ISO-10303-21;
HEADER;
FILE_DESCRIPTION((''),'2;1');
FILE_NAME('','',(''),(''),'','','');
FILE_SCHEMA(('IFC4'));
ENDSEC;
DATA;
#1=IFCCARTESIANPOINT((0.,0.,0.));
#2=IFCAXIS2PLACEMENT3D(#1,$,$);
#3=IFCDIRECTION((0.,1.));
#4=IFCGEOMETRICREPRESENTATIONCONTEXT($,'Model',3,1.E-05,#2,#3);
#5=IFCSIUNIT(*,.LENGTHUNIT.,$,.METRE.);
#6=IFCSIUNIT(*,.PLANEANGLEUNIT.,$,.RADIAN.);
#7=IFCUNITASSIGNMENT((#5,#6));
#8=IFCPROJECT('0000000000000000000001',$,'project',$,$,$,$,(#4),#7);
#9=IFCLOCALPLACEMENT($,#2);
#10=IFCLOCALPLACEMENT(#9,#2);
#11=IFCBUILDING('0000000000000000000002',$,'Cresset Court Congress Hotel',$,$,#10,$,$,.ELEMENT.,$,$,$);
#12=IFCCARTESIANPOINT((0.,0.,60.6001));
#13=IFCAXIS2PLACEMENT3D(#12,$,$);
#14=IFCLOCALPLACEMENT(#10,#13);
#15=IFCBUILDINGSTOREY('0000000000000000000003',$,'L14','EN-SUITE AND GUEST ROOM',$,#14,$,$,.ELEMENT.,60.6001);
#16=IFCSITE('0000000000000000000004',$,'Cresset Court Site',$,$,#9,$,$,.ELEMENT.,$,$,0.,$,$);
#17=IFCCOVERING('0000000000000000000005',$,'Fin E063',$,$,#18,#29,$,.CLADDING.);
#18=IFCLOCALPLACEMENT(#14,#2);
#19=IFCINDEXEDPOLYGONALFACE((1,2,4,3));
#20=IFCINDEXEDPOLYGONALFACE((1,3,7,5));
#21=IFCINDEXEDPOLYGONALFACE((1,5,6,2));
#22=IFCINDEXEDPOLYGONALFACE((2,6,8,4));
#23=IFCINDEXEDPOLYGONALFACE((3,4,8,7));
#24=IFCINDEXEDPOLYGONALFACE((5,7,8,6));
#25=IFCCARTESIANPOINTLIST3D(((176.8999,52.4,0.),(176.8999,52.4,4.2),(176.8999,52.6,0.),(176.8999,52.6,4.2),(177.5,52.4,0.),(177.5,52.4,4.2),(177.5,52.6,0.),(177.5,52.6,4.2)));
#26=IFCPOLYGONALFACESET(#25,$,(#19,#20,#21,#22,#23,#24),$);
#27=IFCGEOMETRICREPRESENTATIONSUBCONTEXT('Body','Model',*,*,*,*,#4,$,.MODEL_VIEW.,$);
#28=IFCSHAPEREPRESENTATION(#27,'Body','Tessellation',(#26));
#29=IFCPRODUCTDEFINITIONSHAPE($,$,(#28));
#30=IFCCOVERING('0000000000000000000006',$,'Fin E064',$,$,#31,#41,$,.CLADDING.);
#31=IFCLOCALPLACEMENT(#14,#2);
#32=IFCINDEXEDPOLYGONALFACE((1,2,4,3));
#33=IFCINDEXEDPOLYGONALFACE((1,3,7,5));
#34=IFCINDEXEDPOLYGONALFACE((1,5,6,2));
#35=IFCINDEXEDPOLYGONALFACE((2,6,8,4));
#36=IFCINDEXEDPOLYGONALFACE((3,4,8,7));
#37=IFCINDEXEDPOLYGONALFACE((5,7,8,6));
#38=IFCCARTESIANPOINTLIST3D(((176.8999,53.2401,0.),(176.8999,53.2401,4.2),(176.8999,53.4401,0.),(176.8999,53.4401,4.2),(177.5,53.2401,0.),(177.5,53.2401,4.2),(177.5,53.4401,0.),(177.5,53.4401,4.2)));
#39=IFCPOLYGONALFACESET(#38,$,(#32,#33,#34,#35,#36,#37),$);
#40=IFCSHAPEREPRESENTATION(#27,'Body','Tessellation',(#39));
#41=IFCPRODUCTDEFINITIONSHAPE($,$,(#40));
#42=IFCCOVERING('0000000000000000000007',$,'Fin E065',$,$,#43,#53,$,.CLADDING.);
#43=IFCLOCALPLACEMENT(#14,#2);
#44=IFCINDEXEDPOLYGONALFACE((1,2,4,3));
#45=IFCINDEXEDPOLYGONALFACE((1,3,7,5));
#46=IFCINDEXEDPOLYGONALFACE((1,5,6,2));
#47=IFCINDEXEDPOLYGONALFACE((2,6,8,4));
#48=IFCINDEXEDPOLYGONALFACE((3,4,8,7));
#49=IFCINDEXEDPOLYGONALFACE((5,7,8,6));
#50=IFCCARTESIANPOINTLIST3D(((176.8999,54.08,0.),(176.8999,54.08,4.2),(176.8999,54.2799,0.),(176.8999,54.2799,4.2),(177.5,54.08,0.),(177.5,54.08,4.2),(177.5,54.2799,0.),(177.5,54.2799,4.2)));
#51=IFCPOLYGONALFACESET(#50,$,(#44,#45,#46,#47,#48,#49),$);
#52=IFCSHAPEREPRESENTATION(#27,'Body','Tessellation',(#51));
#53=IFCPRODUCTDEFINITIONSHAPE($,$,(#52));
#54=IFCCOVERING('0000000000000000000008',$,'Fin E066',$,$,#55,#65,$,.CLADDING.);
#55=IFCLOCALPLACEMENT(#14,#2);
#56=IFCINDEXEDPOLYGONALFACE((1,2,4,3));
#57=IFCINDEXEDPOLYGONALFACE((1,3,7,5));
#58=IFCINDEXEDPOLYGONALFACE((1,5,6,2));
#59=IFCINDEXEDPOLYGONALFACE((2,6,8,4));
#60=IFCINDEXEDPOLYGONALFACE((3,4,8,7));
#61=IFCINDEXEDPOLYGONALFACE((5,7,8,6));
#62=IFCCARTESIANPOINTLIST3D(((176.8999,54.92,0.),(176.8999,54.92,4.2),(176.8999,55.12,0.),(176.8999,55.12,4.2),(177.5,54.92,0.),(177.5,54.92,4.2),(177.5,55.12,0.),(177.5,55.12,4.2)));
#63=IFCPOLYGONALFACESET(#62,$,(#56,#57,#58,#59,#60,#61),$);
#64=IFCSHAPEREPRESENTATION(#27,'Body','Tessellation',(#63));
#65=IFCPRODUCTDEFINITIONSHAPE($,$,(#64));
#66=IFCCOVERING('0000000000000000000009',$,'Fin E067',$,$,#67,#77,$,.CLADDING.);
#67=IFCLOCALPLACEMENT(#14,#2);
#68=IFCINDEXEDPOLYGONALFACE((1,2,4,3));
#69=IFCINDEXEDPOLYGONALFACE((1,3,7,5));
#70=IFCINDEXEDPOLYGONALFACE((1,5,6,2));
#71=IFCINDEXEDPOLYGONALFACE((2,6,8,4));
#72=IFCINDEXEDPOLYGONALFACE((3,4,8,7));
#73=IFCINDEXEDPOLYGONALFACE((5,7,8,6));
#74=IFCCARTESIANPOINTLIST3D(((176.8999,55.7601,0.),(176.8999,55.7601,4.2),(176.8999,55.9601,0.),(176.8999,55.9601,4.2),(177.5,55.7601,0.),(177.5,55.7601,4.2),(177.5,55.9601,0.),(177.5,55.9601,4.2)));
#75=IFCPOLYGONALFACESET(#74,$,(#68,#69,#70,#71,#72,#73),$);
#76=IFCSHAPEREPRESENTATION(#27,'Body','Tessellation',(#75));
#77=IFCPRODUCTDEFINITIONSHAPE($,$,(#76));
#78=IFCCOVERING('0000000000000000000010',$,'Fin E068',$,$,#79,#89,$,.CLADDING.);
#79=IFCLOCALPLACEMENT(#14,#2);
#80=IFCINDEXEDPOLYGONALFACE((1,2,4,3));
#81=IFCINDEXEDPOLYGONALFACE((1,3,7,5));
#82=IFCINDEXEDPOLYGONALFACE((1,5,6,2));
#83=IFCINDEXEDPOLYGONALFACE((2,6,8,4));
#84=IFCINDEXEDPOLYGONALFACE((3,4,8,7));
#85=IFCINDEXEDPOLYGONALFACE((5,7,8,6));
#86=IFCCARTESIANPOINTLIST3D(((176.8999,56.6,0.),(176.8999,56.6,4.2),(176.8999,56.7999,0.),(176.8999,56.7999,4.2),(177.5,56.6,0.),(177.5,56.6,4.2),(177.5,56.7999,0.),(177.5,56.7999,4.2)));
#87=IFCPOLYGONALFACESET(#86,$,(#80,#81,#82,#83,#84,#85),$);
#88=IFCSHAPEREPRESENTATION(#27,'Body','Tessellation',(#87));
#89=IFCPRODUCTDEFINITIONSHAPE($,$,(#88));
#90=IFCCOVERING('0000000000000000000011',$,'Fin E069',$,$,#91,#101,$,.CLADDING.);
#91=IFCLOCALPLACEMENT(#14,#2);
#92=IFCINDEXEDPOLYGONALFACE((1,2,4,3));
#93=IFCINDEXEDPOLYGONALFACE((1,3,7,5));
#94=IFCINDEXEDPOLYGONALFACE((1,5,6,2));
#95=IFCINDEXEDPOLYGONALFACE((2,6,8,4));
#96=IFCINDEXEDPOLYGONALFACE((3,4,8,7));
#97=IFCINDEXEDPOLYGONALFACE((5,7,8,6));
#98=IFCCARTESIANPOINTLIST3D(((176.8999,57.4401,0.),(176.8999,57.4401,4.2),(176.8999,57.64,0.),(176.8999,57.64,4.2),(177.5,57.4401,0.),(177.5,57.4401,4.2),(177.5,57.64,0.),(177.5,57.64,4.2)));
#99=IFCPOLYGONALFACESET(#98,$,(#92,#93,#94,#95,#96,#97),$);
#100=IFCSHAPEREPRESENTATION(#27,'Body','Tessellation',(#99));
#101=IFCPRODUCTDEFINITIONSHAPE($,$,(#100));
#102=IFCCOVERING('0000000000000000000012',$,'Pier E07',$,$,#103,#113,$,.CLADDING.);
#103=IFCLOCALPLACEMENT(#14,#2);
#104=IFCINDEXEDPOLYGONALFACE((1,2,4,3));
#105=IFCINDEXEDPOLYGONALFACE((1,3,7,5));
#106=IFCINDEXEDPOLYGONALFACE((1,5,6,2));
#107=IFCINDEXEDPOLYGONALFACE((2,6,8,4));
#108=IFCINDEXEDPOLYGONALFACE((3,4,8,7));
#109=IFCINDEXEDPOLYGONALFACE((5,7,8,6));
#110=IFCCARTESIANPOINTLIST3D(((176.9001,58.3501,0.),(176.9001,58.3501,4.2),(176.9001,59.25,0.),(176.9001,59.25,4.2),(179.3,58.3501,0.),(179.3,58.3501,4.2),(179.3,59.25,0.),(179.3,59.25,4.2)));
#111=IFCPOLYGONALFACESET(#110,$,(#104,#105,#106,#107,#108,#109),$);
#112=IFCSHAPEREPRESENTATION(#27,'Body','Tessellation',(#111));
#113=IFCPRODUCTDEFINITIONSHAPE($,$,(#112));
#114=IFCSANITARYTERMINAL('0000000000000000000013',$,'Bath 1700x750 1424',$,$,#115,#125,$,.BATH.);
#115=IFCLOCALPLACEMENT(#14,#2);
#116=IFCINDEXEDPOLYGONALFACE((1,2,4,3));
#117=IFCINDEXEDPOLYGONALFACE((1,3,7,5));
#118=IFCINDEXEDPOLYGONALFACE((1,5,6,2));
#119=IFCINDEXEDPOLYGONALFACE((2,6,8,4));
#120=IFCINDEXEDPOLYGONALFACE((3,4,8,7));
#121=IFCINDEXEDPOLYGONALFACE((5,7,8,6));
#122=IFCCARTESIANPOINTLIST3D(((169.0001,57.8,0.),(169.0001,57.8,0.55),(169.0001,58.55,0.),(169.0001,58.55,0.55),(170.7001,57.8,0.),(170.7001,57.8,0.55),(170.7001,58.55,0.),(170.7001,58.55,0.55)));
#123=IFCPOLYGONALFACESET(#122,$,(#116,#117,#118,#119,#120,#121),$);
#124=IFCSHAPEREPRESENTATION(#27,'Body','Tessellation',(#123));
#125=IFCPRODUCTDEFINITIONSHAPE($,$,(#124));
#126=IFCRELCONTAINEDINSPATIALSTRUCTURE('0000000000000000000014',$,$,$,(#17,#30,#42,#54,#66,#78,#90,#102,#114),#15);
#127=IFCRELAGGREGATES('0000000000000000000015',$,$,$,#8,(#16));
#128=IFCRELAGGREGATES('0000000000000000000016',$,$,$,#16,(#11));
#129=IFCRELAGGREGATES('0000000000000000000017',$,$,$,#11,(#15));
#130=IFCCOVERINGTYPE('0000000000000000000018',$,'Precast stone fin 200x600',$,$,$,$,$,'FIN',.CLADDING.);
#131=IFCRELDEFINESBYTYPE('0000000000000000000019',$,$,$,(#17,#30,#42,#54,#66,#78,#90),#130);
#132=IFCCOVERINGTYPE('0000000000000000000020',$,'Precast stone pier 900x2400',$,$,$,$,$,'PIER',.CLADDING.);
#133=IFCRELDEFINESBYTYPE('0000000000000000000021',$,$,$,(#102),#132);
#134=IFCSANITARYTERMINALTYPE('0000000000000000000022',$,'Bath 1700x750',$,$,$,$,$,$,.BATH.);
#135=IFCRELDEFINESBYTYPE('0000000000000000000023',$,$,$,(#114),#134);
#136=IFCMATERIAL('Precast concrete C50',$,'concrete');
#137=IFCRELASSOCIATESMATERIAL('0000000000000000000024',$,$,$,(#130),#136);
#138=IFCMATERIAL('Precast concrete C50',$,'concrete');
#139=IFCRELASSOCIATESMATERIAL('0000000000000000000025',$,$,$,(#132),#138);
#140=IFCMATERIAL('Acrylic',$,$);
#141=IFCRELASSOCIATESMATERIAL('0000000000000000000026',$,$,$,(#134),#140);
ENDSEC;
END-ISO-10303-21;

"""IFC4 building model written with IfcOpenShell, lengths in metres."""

from ifc_helpers import new_model, si_unit, direction, frame, origin, origin_2d, place, context, subcontext, project, spatial, rectangle, extrude, material, type_object, element, save


model = new_model("IFC4")

# Units and contexts
model_context = context("Model", 3, precision=1e-05, world=origin(), true_north=direction((0.0, 1.0)))
body_context = subcontext(model_context, "Body", "Model", "MODEL_VIEW")
ifc_project = project(units=[si_unit("LENGTHUNIT", "METRE"), si_unit("PLANEANGLEUNIT", "RADIAN")], contexts=[model_context])

# Site, building, storey
site_placement = place(None, origin())
site = spatial("IfcSite", under=ifc_project, at=site_placement, Name="Cresset Court Site", CompositionType="ELEMENT", RefElevation=0.0)
building_placement = place(site_placement, origin())
building = spatial("IfcBuilding", under=site, at=building_placement, Name="Cresset Court Congress Hotel", CompositionType="ELEMENT")
storey_placement = place(building_placement, frame((0.0, 0.0, 60.6001)))
storey = spatial("IfcBuildingStorey", under=building, at=storey_placement, Name="L14", Description="EN-SUITE AND GUEST ROOM", CompositionType="ELEMENT", Elevation=60.6001)

# Coverings
ifc_material_1 = material(Name="Precast concrete C50", Category="concrete")
covering_type_1 = type_object("IfcCoveringType", Name="Precast stone fin 200x600", ElementType="FIN", PredefinedType="CLADDING", material=ifc_material_1)
for number, where, z_axis, x_axis, name in (
    (1, (177.2, 52.5, 0.0), (0.0, 0.0, 1.0), (1.0, 0.0, 0.0), "Fin E063"),
    (2, (177.2, 53.3401, 0.0), (0.0, 0.0, 1.0), (1.0, 0.0, 0.0), "Fin E064"),
    (3, (177.2, 54.1799, 0.0), (0.0, 0.0, 1.0), (1.0, 0.0, 0.0), "Fin E065"),
    (4, (177.2, 55.02, 0.0), (0.0, 0.0, 1.0), (1.0, 0.0, 0.0), "Fin E066"),
    (5, (177.2, 55.8601, 0.0), (0.0, 0.0, 1.0), (1.0, 0.0, 0.0), "Fin E067"),
    (6, (177.2, 56.7, 0.0), (0.0, 0.0, 1.0), (1.0, 0.0, 0.0), "Fin E068"),
    (7, (177.2, 57.54, 0.0), (0.0, 0.0, 1.0), (1.0, 0.0, 0.0), "Fin E069"),
):
    element("IfcCovering", number, at=place(storey_placement, frame(where, z_axis=z_axis, x_axis=x_axis)), inside=storey, type_object=covering_type_1, Name=name, PredefinedType="CLADDING", context=body_context, shape_type="SweptSolid", body=[
        extrude(rectangle(XDim=0.6001, YDim=0.2, at=origin_2d()), origin(), (0.0, 0.0, 1.0), 4.2),
    ])
ifc_material_2 = material(Name="Precast concrete C50", Category="concrete")
covering_type_2 = type_object("IfcCoveringType", Name="Precast stone pier 900x2400", ElementType="PIER", PredefinedType="CLADDING", material=ifc_material_2)
covering_placement = place(storey_placement, frame((178.1001, 58.8, 0.0), z_axis=(0.0, 0.0, 1.0), x_axis=(1.0, 0.0, 0.0)))
element("IfcCovering", 8, at=covering_placement, inside=storey, type_object=covering_type_2, Name="Pier E07", PredefinedType="CLADDING", context=body_context, shape_type="SweptSolid", body=[
    extrude(rectangle(XDim=2.3999, YDim=0.8999, at=origin_2d()), origin(), (0.0, 0.0, 1.0), 4.2),
])

# Sanitary terminal
ifc_material_3 = material(Name="Acrylic")
sanitary_terminal_type = type_object("IfcSanitaryTerminalType", Name="Bath 1700x750", PredefinedType="BATH", material=ifc_material_3)
sanitary_terminal_placement = place(storey_placement, frame((169.8501, 58.175, 0.0), z_axis=(0.0, 0.0, 1.0), x_axis=(1.0, 0.0, 0.0)))
element("IfcSanitaryTerminal", 9, at=sanitary_terminal_placement, inside=storey, type_object=sanitary_terminal_type, Name="Bath 1700x750 1424", PredefinedType="BATH", context=body_context, shape_type="SweptSolid", body=[
    extrude(rectangle(XDim=1.7, YDim=0.75, at=origin_2d()), origin(), (0.0, 0.0, 1.0), 0.55),
])

save(model, "model.ifc")
